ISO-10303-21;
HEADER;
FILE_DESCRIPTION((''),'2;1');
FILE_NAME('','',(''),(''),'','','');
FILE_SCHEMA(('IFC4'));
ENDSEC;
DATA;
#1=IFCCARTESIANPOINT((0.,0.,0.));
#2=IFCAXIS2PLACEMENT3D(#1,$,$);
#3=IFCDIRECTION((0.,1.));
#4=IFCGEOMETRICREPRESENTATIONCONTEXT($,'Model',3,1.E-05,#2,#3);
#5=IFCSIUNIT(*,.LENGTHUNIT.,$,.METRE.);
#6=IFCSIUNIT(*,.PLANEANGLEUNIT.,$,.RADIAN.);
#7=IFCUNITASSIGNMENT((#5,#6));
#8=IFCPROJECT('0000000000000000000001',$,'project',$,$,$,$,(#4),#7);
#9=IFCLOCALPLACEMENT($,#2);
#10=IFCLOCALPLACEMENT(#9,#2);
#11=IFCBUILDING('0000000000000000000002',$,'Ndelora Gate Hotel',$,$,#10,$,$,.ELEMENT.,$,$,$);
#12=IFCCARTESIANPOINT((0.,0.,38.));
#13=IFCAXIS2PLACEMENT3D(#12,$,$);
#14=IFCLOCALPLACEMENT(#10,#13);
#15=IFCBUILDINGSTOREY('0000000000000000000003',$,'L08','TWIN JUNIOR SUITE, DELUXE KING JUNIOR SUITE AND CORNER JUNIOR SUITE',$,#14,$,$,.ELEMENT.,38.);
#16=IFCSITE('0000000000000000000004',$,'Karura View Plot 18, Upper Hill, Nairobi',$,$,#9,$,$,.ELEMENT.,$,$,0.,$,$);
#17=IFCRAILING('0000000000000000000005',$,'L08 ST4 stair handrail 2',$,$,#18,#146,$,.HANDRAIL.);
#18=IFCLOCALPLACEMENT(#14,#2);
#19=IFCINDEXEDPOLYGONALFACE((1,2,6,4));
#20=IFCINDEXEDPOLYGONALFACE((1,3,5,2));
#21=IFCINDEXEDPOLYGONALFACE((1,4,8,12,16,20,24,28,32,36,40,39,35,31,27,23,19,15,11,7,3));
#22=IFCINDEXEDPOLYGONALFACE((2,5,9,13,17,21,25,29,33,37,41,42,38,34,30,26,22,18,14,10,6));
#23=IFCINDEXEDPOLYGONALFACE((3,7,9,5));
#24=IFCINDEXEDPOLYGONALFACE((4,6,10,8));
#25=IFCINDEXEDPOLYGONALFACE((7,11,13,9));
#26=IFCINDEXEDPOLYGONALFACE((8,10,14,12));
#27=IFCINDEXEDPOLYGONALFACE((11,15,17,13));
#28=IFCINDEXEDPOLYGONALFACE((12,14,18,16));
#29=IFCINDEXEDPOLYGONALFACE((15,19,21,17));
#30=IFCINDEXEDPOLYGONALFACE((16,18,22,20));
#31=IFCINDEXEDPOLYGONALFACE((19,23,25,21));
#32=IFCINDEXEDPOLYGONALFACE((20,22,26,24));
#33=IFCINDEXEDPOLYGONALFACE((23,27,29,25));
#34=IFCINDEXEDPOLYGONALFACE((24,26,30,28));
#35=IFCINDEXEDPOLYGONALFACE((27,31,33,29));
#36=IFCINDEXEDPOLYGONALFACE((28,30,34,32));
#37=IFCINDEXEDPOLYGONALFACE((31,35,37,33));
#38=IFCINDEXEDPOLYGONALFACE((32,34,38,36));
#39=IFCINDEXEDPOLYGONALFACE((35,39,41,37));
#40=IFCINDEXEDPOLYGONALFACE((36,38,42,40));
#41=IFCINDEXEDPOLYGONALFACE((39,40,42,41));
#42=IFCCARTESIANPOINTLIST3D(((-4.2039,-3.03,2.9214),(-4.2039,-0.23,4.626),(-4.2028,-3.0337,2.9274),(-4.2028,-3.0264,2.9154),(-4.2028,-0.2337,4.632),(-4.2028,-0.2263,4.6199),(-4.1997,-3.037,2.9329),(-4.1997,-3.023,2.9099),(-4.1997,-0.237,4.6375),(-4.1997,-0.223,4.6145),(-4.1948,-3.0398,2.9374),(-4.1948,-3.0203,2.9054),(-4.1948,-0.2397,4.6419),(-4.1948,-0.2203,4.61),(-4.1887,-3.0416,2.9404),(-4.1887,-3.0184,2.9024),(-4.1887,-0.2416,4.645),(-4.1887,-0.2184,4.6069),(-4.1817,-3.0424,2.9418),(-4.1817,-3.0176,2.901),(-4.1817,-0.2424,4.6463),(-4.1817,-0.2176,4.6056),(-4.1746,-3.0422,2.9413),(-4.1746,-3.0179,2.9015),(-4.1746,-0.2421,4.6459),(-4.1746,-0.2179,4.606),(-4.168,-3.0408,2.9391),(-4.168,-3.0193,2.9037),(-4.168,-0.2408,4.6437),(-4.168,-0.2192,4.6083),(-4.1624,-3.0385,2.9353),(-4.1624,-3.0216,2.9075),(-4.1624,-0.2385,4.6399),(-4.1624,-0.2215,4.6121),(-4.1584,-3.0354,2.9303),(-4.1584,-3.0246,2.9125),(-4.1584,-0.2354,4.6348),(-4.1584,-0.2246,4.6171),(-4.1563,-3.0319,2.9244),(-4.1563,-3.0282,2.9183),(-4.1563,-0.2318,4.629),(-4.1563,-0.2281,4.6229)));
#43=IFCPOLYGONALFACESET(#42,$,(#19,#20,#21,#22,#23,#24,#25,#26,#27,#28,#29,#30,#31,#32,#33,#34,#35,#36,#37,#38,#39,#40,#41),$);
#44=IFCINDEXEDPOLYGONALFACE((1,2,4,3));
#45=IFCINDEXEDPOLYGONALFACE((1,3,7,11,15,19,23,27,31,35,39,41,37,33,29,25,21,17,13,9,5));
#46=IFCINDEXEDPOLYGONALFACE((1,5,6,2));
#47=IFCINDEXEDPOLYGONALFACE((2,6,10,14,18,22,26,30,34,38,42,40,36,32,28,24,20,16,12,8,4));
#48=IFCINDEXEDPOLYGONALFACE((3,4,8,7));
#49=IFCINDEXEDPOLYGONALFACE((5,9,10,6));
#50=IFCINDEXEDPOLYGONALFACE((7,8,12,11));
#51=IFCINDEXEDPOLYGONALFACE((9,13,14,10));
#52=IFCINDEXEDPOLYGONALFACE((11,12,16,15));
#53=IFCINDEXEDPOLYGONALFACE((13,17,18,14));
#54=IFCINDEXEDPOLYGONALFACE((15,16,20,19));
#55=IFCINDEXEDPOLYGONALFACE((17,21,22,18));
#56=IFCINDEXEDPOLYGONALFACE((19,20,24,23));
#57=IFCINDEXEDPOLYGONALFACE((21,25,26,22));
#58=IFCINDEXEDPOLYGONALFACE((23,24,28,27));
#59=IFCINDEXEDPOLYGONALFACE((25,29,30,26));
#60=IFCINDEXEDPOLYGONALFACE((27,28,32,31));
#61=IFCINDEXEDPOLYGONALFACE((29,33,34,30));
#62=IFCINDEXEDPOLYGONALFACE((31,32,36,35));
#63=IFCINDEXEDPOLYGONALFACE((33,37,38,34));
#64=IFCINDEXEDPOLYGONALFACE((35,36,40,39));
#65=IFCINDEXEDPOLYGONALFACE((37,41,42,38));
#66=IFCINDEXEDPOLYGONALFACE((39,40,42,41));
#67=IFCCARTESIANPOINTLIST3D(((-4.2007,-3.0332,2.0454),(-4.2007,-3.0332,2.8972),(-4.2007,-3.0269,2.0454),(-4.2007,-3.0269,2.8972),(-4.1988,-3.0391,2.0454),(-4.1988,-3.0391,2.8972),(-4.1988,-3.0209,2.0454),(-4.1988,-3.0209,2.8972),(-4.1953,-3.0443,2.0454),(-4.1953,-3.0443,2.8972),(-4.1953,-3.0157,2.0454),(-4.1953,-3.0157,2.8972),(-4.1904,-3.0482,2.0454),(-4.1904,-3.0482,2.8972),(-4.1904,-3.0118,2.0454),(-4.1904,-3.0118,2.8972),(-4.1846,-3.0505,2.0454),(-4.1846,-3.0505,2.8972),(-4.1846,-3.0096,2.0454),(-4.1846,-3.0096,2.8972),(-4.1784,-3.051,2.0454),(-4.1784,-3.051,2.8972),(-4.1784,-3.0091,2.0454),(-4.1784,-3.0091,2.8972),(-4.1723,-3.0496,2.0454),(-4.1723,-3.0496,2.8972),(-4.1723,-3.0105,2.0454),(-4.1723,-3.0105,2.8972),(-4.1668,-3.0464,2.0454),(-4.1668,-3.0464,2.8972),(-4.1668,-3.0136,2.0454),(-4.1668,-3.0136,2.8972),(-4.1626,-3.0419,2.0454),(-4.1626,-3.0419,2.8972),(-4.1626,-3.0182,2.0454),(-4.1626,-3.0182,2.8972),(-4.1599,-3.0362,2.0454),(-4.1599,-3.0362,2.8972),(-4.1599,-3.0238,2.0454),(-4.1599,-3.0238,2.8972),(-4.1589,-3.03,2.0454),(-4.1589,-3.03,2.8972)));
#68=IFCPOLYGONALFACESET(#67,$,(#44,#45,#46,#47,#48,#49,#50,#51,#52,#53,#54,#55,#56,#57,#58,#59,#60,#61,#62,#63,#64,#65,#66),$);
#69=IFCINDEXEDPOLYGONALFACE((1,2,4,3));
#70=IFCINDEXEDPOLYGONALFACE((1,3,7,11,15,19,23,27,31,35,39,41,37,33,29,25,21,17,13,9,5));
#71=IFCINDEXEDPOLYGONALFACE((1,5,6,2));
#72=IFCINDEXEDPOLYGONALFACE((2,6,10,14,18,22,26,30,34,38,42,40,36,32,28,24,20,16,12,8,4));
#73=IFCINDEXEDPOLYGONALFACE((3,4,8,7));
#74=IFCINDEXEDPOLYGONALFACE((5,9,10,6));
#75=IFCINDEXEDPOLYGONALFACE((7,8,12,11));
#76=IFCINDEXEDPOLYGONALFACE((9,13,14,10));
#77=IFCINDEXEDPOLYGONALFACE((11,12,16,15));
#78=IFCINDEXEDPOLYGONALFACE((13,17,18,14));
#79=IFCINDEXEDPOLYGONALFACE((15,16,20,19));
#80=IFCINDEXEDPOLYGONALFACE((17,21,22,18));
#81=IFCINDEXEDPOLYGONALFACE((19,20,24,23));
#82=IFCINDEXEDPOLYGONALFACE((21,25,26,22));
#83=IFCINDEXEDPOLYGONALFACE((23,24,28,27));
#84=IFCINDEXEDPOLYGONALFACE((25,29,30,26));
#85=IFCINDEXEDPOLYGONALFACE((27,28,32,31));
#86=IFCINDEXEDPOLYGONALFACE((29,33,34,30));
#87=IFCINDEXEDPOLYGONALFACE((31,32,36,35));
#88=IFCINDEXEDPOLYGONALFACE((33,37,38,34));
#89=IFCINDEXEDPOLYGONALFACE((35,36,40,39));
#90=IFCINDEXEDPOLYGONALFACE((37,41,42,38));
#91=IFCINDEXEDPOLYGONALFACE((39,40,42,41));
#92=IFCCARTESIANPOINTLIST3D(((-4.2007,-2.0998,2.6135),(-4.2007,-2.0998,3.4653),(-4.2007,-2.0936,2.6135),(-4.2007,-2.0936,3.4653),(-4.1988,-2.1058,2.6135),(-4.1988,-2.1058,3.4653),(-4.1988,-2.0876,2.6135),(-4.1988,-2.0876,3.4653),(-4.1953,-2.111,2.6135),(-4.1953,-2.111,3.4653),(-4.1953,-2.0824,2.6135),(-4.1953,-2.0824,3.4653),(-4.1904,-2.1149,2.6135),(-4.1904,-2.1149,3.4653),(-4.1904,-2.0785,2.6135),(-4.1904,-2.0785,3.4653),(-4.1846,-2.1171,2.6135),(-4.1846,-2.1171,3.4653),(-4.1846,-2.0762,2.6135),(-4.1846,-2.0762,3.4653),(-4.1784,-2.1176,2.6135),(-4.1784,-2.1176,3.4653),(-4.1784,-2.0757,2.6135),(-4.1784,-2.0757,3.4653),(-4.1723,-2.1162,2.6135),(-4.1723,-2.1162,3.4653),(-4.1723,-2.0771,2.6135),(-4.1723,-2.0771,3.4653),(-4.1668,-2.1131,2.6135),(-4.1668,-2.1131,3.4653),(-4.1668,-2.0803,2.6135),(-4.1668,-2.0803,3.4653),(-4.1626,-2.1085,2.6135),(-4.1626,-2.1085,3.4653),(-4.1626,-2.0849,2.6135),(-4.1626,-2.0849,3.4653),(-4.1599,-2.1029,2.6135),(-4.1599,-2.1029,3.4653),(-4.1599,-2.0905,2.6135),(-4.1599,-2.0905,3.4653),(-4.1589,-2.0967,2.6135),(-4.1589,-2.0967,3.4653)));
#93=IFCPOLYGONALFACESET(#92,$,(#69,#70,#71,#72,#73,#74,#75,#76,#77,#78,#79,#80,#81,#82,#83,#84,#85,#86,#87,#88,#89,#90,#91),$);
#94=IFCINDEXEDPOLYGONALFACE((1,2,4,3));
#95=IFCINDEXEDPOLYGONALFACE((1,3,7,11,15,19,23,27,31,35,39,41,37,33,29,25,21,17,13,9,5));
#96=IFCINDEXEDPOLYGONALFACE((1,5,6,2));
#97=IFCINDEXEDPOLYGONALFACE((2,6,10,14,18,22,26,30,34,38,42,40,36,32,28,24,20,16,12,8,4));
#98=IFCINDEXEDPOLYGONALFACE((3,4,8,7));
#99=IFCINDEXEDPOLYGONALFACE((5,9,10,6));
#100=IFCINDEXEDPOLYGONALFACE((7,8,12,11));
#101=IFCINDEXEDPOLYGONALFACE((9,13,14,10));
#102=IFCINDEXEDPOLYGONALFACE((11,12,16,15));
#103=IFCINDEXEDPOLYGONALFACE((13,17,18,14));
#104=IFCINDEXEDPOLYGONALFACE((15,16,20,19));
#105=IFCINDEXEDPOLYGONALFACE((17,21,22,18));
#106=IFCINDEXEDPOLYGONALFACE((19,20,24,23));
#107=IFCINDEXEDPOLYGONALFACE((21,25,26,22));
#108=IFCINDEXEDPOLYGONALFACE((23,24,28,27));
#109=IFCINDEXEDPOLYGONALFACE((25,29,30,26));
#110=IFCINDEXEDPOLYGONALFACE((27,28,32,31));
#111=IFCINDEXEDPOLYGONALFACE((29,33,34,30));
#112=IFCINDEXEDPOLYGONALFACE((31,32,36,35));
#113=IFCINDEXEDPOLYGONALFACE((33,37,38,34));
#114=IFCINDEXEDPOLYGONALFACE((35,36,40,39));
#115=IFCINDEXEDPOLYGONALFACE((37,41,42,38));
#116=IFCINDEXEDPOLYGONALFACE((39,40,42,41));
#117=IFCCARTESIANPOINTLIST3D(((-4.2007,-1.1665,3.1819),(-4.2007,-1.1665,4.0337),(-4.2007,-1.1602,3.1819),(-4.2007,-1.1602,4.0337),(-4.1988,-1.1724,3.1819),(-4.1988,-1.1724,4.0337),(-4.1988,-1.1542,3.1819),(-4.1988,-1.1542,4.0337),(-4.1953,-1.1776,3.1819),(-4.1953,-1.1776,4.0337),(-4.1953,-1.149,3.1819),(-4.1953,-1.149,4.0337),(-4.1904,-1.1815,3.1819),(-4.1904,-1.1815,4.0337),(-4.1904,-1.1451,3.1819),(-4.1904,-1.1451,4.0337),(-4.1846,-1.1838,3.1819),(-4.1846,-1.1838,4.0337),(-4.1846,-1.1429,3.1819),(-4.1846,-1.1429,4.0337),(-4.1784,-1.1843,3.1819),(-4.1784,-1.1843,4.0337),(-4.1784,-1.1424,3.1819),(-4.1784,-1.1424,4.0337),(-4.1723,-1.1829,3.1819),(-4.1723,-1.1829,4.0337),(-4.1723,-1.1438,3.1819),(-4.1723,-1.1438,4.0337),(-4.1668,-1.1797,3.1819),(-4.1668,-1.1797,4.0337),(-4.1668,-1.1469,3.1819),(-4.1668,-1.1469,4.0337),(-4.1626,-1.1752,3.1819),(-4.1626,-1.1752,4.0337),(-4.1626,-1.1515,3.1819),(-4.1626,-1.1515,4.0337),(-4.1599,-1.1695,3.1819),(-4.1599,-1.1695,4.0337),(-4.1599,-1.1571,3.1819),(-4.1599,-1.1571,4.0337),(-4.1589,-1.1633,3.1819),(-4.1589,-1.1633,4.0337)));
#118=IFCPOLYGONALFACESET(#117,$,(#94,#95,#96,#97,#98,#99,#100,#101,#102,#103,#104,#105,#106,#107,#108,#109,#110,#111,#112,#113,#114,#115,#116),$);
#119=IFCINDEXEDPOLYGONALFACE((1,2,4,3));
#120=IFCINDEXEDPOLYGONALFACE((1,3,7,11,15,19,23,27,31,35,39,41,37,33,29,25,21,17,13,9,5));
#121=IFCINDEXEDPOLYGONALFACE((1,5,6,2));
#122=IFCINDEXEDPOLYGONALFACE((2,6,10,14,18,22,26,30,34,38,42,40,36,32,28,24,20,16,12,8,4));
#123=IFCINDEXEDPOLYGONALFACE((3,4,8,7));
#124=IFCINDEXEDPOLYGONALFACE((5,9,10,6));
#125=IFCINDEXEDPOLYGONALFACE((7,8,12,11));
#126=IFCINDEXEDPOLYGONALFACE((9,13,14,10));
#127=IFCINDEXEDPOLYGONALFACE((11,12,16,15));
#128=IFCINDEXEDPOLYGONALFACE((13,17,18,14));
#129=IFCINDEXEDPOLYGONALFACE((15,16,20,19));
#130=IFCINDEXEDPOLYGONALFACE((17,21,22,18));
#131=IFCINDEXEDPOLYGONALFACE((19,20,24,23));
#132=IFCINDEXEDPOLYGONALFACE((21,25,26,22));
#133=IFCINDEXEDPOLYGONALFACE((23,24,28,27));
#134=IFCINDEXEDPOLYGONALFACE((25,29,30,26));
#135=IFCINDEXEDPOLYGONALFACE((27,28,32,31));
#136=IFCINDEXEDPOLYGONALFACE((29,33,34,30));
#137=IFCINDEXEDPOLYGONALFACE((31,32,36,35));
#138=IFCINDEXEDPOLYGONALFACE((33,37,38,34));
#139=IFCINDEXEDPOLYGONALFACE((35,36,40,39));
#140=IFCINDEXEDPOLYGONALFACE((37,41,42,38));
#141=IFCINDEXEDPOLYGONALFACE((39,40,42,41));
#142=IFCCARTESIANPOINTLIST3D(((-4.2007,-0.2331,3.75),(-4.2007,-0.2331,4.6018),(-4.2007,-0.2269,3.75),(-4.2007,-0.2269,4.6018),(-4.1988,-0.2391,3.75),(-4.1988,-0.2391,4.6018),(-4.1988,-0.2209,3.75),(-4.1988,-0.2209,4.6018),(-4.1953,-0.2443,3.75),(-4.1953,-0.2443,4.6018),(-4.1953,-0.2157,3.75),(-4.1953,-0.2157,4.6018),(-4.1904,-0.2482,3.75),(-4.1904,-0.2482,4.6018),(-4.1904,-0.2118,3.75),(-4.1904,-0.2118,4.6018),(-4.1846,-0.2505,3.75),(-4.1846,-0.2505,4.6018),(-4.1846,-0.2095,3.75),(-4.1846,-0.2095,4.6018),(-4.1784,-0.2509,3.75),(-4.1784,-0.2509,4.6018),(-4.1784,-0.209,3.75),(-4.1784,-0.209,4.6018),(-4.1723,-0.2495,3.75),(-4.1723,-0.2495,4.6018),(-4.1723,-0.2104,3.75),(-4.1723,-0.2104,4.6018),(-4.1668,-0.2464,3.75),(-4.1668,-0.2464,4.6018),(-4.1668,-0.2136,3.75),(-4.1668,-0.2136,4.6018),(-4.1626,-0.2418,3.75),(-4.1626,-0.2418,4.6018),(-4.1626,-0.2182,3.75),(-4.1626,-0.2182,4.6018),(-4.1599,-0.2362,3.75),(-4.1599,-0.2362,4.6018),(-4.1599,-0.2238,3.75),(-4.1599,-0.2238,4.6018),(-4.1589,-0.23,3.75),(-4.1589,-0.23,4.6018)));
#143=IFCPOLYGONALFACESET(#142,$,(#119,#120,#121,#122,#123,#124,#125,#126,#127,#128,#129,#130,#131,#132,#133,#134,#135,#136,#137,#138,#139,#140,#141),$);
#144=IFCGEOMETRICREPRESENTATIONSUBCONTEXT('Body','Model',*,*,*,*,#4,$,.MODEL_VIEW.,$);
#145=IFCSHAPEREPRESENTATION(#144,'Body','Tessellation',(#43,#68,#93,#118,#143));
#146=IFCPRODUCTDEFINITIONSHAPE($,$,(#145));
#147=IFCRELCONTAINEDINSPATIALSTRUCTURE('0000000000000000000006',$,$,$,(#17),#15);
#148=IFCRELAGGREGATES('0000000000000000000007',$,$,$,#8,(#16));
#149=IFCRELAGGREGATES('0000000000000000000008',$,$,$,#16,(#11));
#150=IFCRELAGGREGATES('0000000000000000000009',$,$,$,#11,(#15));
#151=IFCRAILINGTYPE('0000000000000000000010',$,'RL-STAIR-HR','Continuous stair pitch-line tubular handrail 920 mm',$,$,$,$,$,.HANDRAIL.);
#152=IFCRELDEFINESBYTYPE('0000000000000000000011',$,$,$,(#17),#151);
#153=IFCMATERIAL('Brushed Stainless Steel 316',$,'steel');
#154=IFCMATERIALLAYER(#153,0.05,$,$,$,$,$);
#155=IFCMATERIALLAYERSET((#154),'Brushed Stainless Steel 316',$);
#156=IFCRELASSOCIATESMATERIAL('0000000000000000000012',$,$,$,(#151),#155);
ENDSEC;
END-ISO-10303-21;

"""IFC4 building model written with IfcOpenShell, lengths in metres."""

from ifc_helpers import new_model, si_unit, direction, frame, origin, origin_2d, place, context, subcontext, project, spatial, circle, extrude, material, layer, layer_set, type_object, element, save


model = new_model("IFC4")

# Units and contexts
model_context = context("Model", 3, precision=1e-05, world=origin(), true_north=direction((0.0, 1.0)))
body_context = subcontext(model_context, "Body", "Model", "MODEL_VIEW")
ifc_project = project(units=[si_unit("LENGTHUNIT", "METRE"), si_unit("PLANEANGLEUNIT", "RADIAN")], contexts=[model_context])

# Site, building, storey
site_placement = place(None, origin())
site = spatial("IfcSite", under=ifc_project, at=site_placement, Name="Karura View Plot 18, Upper Hill, Nairobi", CompositionType="ELEMENT", RefElevation=0.0)
building_placement = place(site_placement, origin())
building = spatial("IfcBuilding", under=site, at=building_placement, Name="Ndelora Gate Hotel", CompositionType="ELEMENT")
storey_placement = place(building_placement, frame((0.0, 0.0, 38.0)))
storey = spatial("IfcBuildingStorey", under=building, at=storey_placement, Name="L08", Description="TWIN JUNIOR SUITE, DELUXE KING JUNIOR SUITE AND CORNER JUNIOR SUITE", CompositionType="ELEMENT", Elevation=38.0)

# Railing
ifc_material_1 = material(Name="Brushed Stainless Steel 316", Category="steel")
ifc_layer_1 = layer(ifc_material_1, 0.05)
ifc_layer_set_1 = layer_set([ifc_layer_1], Name="Brushed Stainless Steel 316")
railing_type_1 = type_object("IfcRailingType", Name="RL-STAIR-HR", Description="Continuous stair pitch-line tubular handrail 920 mm", PredefinedType="HANDRAIL", material=ifc_layer_set_1)
railing_1_placement = place(storey_placement, frame((-4.1799, -3.03, 2.0454)))
element("IfcRailing", 1, at=railing_1_placement, inside=storey, type_object=railing_type_1, Name="L08 ST4 stair handrail 2", PredefinedType="HANDRAIL", context=body_context, shape_type="SweptSolid", body=[
    extrude(circle(Radius=0.0239, at=origin_2d()), frame((0.0, 0.0, 0.876), z_axis=(0.0, 0.85417, 0.519994), x_axis=(-1.0, 0.0, 0.0)), (0.0, 0.0, 1.0), 3.2781),
    extrude(circle(Radius=0.021, at=origin_2d()), origin(), (0.0, 0.0, 1.0), 0.8518),
    extrude(circle(Radius=0.021, at=origin_2d()), frame((0.0, 0.9333, 0.5681)), (0.0, 0.0, 1.0), 0.8518),
    extrude(circle(Radius=0.021, at=origin_2d()), frame((0.0, 1.8667, 1.1365)), (0.0, 0.0, 1.0), 0.8518),
    extrude(circle(Radius=0.021, at=origin_2d()), frame((0.0, 2.8, 1.7046)), (0.0, 0.0, 1.0), 0.8518),
])

save(model, "model.ifc")
